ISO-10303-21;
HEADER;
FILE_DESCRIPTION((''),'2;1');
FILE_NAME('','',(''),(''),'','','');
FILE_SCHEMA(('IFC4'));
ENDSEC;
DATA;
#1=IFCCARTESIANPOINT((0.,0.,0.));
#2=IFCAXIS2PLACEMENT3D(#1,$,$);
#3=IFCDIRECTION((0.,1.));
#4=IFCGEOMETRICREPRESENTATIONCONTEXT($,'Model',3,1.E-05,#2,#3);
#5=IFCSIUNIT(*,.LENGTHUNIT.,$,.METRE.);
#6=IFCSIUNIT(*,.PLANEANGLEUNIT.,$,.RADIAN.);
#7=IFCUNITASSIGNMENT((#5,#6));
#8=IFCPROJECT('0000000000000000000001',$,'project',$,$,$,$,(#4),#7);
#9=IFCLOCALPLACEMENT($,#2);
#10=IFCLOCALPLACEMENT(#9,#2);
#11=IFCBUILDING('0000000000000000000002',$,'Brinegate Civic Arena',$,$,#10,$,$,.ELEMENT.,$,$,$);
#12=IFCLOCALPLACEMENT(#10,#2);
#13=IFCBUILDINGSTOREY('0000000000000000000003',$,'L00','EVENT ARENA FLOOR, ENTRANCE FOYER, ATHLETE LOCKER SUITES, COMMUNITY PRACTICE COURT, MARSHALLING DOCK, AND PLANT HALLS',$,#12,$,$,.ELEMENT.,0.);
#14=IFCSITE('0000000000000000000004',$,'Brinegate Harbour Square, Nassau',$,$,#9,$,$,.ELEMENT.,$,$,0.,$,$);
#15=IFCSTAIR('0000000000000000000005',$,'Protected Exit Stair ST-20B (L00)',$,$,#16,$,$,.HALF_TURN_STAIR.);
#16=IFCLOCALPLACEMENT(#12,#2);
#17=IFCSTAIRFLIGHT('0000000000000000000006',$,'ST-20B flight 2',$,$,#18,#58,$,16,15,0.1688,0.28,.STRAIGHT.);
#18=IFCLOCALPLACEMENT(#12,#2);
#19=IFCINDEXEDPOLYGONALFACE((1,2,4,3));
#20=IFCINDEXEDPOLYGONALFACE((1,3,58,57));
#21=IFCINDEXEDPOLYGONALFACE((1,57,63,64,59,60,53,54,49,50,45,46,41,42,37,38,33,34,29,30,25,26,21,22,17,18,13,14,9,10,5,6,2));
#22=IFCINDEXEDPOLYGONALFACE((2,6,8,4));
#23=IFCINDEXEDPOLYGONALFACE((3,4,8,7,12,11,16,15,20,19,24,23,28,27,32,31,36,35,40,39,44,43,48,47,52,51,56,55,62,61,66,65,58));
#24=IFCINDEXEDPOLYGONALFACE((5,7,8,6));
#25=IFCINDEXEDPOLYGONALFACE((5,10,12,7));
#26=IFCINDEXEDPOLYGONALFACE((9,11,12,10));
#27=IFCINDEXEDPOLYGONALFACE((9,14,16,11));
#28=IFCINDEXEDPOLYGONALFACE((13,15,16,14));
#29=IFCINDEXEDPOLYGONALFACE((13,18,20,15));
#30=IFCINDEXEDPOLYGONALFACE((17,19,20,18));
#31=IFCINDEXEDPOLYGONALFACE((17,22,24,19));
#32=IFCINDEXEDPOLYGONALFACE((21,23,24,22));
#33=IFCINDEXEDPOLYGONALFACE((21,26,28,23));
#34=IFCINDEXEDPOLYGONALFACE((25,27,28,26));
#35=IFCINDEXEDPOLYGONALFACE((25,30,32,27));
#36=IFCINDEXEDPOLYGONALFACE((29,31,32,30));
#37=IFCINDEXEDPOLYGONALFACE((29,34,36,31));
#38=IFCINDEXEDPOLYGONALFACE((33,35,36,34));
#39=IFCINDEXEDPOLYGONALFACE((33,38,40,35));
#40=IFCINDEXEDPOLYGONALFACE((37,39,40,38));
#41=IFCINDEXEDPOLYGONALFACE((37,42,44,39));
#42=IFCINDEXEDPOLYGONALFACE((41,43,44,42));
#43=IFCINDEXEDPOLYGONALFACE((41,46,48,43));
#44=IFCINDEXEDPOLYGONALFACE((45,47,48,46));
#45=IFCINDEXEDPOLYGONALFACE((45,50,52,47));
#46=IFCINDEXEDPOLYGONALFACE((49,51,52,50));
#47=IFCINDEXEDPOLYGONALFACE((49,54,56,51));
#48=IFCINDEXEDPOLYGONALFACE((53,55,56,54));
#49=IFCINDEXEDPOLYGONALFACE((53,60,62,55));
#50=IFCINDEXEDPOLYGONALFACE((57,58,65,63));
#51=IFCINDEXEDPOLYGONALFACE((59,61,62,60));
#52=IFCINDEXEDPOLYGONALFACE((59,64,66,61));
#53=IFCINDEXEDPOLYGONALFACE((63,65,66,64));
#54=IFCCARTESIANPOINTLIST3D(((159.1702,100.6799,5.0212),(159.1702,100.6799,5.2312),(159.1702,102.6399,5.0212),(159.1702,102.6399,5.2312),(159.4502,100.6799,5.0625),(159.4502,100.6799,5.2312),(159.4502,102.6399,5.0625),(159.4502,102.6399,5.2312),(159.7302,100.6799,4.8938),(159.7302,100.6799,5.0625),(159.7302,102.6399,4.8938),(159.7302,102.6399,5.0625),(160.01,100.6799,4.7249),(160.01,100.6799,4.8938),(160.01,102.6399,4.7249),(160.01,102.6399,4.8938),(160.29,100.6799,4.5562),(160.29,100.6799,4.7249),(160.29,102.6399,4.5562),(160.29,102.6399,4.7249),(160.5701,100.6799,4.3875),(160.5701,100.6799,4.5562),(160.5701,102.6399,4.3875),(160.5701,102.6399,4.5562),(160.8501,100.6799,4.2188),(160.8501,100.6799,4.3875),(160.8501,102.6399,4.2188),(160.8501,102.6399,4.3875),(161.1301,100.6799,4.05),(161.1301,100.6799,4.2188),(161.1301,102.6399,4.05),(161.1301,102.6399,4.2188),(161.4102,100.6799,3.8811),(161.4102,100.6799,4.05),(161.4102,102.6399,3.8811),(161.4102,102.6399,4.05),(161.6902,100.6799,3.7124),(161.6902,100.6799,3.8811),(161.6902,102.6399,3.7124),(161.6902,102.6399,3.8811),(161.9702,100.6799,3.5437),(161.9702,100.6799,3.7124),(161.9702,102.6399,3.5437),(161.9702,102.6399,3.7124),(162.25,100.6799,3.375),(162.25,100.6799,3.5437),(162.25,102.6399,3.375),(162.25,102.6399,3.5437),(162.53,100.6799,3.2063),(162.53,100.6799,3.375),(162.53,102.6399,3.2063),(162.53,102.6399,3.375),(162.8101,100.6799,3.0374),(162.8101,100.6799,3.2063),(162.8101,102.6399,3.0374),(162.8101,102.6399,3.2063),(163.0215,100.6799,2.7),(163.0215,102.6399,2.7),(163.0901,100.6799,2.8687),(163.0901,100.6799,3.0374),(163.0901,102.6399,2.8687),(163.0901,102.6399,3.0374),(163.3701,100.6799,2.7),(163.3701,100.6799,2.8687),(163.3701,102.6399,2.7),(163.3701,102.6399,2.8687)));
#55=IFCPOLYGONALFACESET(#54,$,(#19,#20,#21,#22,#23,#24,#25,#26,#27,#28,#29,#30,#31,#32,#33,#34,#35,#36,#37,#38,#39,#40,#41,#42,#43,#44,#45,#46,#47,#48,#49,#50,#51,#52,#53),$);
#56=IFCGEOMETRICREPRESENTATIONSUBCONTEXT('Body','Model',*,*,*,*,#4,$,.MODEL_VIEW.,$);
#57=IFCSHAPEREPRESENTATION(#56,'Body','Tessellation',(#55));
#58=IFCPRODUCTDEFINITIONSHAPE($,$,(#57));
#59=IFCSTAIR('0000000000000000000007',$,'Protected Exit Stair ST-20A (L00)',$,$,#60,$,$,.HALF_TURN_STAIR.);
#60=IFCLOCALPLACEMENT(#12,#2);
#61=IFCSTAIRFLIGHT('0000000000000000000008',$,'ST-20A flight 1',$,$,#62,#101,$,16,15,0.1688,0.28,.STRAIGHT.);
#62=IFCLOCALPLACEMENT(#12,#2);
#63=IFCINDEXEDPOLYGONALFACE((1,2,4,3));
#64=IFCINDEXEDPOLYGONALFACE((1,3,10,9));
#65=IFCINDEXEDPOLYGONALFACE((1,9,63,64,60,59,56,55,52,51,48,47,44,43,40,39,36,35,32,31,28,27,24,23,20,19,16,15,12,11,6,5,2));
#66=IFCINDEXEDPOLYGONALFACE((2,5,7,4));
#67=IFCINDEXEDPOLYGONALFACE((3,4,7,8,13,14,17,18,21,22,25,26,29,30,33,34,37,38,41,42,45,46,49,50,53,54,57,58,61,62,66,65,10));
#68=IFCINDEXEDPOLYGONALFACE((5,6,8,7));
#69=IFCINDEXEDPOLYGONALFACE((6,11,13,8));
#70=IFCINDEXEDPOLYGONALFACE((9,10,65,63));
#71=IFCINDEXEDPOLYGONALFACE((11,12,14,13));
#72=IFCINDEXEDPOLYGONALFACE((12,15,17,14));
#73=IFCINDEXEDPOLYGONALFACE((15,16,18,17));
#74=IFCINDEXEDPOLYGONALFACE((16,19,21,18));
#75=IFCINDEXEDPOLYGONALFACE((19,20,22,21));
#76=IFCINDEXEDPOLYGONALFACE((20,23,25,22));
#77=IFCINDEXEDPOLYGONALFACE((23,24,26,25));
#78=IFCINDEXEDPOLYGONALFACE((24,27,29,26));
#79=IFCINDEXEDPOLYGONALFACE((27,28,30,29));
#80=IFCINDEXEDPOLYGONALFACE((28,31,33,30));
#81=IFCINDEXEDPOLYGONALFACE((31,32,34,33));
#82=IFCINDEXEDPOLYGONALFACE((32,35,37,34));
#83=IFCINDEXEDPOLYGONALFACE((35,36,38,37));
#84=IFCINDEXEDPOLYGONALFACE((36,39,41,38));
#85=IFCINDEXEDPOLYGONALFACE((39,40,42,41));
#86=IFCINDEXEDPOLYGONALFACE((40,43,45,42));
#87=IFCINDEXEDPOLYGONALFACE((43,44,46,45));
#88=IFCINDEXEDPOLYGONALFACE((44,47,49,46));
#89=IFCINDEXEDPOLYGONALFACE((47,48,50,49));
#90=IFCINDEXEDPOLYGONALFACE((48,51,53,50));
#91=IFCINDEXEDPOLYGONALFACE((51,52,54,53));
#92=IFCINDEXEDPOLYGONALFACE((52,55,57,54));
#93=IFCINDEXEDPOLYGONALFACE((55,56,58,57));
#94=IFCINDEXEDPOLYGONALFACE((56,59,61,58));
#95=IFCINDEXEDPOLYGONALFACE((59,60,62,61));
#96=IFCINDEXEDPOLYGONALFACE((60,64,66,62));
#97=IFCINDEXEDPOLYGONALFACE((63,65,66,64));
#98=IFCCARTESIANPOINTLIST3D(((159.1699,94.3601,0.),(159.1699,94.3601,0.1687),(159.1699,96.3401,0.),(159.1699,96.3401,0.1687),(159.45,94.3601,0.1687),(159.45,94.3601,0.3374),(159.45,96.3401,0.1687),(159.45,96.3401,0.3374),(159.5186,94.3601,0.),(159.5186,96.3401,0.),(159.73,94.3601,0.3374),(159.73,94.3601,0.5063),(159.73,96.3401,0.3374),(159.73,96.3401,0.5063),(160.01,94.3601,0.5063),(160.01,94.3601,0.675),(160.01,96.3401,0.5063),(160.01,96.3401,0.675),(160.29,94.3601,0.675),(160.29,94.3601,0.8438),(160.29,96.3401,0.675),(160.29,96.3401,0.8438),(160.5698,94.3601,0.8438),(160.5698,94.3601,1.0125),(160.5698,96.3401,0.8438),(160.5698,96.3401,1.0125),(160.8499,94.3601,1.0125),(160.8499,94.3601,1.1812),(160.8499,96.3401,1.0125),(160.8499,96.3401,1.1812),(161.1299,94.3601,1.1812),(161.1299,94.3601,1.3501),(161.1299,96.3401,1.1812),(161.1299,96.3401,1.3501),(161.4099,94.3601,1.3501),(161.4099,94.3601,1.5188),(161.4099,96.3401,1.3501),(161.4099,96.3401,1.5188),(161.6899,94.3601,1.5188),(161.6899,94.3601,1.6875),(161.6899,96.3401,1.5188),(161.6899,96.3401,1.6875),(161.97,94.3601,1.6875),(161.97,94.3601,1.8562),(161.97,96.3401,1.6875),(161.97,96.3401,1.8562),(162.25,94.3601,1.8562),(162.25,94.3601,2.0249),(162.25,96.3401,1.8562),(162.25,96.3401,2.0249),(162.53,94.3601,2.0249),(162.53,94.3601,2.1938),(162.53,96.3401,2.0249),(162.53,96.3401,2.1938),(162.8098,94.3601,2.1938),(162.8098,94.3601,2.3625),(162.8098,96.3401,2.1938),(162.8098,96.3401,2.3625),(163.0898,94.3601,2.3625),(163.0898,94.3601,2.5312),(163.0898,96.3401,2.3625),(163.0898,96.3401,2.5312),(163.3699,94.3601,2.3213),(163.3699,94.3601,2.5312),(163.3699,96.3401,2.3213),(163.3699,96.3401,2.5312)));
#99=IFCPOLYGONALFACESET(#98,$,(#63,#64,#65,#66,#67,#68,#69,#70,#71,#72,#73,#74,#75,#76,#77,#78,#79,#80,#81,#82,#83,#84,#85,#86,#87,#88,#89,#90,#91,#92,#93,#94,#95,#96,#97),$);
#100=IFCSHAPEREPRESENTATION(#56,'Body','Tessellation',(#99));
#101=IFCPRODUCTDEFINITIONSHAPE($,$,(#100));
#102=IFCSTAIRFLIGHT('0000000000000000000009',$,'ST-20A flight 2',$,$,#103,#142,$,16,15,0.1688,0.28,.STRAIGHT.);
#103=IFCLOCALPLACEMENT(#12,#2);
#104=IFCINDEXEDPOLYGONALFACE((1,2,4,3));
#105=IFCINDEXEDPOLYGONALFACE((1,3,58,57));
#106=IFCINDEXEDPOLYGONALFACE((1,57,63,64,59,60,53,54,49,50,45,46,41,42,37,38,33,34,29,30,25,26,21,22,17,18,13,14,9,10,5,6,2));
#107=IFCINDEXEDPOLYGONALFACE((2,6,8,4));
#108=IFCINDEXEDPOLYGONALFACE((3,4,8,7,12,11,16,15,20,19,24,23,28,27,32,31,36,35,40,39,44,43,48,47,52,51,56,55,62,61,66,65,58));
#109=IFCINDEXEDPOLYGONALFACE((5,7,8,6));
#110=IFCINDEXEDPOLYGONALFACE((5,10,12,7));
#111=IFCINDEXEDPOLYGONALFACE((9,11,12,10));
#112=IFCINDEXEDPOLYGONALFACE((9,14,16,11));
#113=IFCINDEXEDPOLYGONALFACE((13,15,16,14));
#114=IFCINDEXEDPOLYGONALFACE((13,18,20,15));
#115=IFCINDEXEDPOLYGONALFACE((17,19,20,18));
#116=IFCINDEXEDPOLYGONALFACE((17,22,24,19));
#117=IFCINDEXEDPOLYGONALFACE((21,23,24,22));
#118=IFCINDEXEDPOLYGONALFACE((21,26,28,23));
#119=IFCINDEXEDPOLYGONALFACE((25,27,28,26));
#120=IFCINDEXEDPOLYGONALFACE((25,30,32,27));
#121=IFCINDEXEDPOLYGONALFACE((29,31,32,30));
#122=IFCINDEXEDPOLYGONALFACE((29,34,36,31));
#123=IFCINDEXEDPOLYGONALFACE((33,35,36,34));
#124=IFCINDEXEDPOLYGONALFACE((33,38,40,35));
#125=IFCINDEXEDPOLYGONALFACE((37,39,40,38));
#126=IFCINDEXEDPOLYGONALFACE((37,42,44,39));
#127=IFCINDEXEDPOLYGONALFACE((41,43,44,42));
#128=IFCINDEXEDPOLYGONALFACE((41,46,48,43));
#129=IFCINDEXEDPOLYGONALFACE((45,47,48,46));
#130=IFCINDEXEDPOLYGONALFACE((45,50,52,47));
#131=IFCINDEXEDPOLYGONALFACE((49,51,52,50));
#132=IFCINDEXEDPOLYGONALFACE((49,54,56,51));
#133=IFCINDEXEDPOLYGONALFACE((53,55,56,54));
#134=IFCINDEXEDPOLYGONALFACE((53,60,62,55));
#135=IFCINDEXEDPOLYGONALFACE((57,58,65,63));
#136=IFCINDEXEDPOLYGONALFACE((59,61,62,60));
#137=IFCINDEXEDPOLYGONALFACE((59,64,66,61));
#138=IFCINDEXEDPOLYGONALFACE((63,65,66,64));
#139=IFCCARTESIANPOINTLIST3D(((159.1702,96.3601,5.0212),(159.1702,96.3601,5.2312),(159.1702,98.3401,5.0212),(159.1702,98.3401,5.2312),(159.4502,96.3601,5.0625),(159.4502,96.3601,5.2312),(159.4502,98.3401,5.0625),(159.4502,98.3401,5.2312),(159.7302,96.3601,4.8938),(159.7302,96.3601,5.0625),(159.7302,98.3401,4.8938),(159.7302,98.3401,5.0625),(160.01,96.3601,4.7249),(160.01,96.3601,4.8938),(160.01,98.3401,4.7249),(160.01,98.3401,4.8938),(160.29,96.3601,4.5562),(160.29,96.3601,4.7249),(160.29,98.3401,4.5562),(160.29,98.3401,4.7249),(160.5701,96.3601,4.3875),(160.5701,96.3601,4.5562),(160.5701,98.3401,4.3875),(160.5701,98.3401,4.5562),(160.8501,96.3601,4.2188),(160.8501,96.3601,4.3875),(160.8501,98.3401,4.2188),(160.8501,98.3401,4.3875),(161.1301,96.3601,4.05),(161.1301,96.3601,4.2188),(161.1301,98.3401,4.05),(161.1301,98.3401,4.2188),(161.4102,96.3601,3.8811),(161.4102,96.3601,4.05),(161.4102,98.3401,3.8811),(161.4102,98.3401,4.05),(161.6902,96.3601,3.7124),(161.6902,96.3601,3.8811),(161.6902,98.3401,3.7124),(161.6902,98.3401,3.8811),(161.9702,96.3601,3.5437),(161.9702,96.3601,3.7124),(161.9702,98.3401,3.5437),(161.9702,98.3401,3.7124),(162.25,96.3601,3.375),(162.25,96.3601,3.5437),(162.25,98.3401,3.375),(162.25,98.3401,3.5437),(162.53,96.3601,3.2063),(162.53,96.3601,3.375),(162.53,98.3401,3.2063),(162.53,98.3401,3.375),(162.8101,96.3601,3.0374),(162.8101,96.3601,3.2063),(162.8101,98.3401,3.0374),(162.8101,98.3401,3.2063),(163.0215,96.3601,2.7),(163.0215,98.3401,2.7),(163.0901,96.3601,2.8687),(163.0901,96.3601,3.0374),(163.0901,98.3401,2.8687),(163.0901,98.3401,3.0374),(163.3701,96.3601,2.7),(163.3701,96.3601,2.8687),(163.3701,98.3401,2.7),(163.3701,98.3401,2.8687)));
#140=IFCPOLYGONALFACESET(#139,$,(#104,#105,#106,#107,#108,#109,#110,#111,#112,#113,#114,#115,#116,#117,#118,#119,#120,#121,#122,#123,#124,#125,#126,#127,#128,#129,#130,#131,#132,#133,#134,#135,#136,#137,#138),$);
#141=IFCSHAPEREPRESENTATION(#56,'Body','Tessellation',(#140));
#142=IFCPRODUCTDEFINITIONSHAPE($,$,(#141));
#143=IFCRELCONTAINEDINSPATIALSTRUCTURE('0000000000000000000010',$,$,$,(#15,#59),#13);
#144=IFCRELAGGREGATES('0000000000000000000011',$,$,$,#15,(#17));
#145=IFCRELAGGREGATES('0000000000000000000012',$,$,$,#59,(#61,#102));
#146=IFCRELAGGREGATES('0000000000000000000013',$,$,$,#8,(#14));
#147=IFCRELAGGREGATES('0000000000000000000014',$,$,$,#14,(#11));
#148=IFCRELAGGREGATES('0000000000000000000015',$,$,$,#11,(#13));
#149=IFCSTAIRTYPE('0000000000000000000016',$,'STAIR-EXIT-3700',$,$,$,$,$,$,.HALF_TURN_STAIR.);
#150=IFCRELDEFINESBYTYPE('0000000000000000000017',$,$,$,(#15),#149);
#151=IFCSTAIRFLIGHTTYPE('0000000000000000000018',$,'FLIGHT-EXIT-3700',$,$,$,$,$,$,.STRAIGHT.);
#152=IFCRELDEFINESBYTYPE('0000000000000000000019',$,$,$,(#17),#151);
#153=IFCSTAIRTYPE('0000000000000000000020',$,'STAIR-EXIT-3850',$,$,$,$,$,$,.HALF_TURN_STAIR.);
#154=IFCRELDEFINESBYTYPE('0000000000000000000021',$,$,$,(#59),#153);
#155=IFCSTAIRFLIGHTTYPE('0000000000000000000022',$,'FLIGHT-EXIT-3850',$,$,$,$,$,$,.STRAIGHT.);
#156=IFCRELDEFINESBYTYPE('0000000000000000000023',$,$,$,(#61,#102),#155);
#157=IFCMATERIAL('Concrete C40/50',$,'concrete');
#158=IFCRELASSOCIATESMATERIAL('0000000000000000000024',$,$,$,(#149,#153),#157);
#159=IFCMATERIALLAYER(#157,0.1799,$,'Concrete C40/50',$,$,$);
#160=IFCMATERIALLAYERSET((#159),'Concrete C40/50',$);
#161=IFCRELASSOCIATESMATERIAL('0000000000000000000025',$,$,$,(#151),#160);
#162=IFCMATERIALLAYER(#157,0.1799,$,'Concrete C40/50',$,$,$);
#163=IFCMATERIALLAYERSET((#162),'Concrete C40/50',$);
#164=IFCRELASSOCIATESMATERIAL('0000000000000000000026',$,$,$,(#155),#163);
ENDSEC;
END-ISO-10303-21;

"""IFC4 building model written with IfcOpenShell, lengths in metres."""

from ifc_helpers import new_model, si_unit, direction, frame, origin, place, context, subcontext, project, spatial, polyline, outline, extrude, material, layer, layer_set, type_object, element, aggregate, save


model = new_model("IFC4")

# Units and contexts
model_context = context("Model", 3, precision=1e-05, world=origin(), true_north=direction((0.0, 1.0)))
body_context = subcontext(model_context, "Body", "Model", "MODEL_VIEW")
ifc_project = project(units=[si_unit("LENGTHUNIT", "METRE"), si_unit("PLANEANGLEUNIT", "RADIAN")], contexts=[model_context])

# Site, building, storey
site_placement = place(None, origin())
site = spatial("IfcSite", under=ifc_project, at=site_placement, Name="Brinegate Harbour Square, Nassau", CompositionType="ELEMENT", RefElevation=0.0)
building_placement = place(site_placement, origin())
building = spatial("IfcBuilding", under=site, at=building_placement, Name="Brinegate Civic Arena", CompositionType="ELEMENT")
storey_placement = place(building_placement, origin())
storey = spatial("IfcBuildingStorey", under=building, at=storey_placement, Name="L00", Description="EVENT ARENA FLOOR, ENTRANCE FOYER, ATHLETE LOCKER SUITES, COMMUNITY PRACTICE COURT, MARSHALLING DOCK, AND PLANT HALLS", CompositionType="ELEMENT", Elevation=0.0)

# Shared definitions
ifc_material_1 = material(Name="Concrete C40/50", Category="concrete")

# Stairs, stair flights
stair_type_1 = type_object("IfcStairType", Name="STAIR-EXIT-3700", PredefinedType="HALF_TURN_STAIR", material=ifc_material_1)
stair_1_placement = place(storey_placement, origin())
stair_1 = element("IfcStair", 1, at=stair_1_placement, inside=storey, type_object=stair_type_1, Name="Protected Exit Stair ST-20B (L00)", PredefinedType="HALF_TURN_STAIR")
ifc_layer_1 = layer(ifc_material_1, 0.1799, Name="Concrete C40/50")
ifc_layer_set_1 = layer_set([ifc_layer_1], Name="Concrete C40/50")
stair_flight_type_1 = type_object("IfcStairFlightType", Name="FLIGHT-EXIT-3700", PredefinedType="STRAIGHT", material=ifc_layer_set_1)
stair_flight_1_placement = place(storey_placement, frame((163.3701, 101.6599, 2.7), z_axis=(0.0, 0.0, 1.0), x_axis=(-1.0, 0.0, 0.0)))
stair_flight_1 = element("IfcStairFlight", 2, at=stair_flight_1_placement, type_object=stair_flight_type_1, Name="ST-20B flight 2", NumberOfRisers=16, NumberOfTreads=15, PredefinedType="STRAIGHT", RiserHeight=0.1688, TreadLength=0.28, context=body_context, shape_type="SweptSolid", body=[
    extrude(outline(polyline([(0.0, 0.0), (0.0, 0.1687), (0.28, 0.1687), (0.28, 0.3374), (0.5601, 0.3374), (0.5601, 0.5063), (0.8401, 0.5063), (0.8401, 0.675), (1.1201, 0.675), (1.1201, 0.8438), (1.3999, 0.8438), (1.3999, 1.0125), (1.6799, 1.0125), (1.6799, 1.1812), (1.96, 1.1812), (1.96, 1.3501), (2.24, 1.3501), (2.24, 1.5188), (2.52, 1.5188), (2.52, 1.6875), (2.8, 1.6875), (2.8, 1.8562), (3.0801, 1.8562), (3.0801, 2.0249), (3.3601, 2.0249), (3.3601, 2.1938), (3.6399, 2.1938), (3.6399, 2.3625), (3.9199, 2.3625), (3.9199, 2.5312), (4.2, 2.5312), (4.2, 2.7), (4.2, 2.3213), (0.3486, 0.0), (0.0, 0.0)])), frame((0.0, 0.98, 0.0), z_axis=(0.0, -1.0, 0.0), x_axis=(1.0, 0.0, 0.0)), (0.0, 0.0, 1.0), 1.96),
])
aggregate(stair_1, [stair_flight_1])
stair_type_2 = type_object("IfcStairType", Name="STAIR-EXIT-3850", PredefinedType="HALF_TURN_STAIR", material=ifc_material_1)
stair_2_placement = place(storey_placement, origin())
stair_2 = element("IfcStair", 3, at=stair_2_placement, inside=storey, type_object=stair_type_2, Name="Protected Exit Stair ST-20A (L00)", PredefinedType="HALF_TURN_STAIR")
ifc_layer_2 = layer(ifc_material_1, 0.1799, Name="Concrete C40/50")
ifc_layer_set_2 = layer_set([ifc_layer_2], Name="Concrete C40/50")
stair_flight_type_2 = type_object("IfcStairFlightType", Name="FLIGHT-EXIT-3850", PredefinedType="STRAIGHT", material=ifc_layer_set_2)
stair_flight_2_placement = place(storey_placement, frame((159.1699, 95.3501, 0.0), z_axis=(0.0, 0.0, 1.0), x_axis=(1.0, 0.0, 0.0)))
stair_flight_2 = element("IfcStairFlight", 4, at=stair_flight_2_placement, type_object=stair_flight_type_2, Name="ST-20A flight 1", NumberOfRisers=16, NumberOfTreads=15, PredefinedType="STRAIGHT", RiserHeight=0.1688, TreadLength=0.28, context=body_context, shape_type="SweptSolid", body=[
    extrude(outline(polyline([(0.0, 0.0), (0.0, 0.1687), (0.28, 0.1687), (0.28, 0.3374), (0.5601, 0.3374), (0.5601, 0.5063), (0.8401, 0.5063), (0.8401, 0.675), (1.1201, 0.675), (1.1201, 0.8438), (1.3999, 0.8438), (1.3999, 1.0125), (1.6799, 1.0125), (1.6799, 1.1812), (1.96, 1.1812), (1.96, 1.3501), (2.24, 1.3501), (2.24, 1.5188), (2.52, 1.5188), (2.52, 1.6875), (2.8, 1.6875), (2.8, 1.8562), (3.0801, 1.8562), (3.0801, 2.0249), (3.3601, 2.0249), (3.3601, 2.1938), (3.6399, 2.1938), (3.6399, 2.3625), (3.9199, 2.3625), (3.9199, 2.5312), (4.2, 2.5312), (4.2, 2.7), (4.2, 2.3213), (0.3486, 0.0), (0.0, 0.0)])), frame((0.0, 0.99, 0.0), z_axis=(0.0, -1.0, 0.0), x_axis=(1.0, 0.0, 0.0)), (0.0, 0.0, 1.0), 1.98),
])
stair_flight_3_placement = place(storey_placement, frame((163.3701, 97.3501, 2.7), z_axis=(0.0, 0.0, 1.0), x_axis=(-1.0, 0.0, 0.0)))
stair_flight_3 = element("IfcStairFlight", 5, at=stair_flight_3_placement, type_object=stair_flight_type_2, Name="ST-20A flight 2", NumberOfRisers=16, NumberOfTreads=15, PredefinedType="STRAIGHT", RiserHeight=0.1688, TreadLength=0.28, context=body_context, shape_type="SweptSolid", body=[
    extrude(outline(polyline([(0.0, 0.0), (0.0, 0.1687), (0.28, 0.1687), (0.28, 0.3374), (0.5601, 0.3374), (0.5601, 0.5063), (0.8401, 0.5063), (0.8401, 0.675), (1.1201, 0.675), (1.1201, 0.8438), (1.3999, 0.8438), (1.3999, 1.0125), (1.6799, 1.0125), (1.6799, 1.1812), (1.96, 1.1812), (1.96, 1.3501), (2.24, 1.3501), (2.24, 1.5188), (2.52, 1.5188), (2.52, 1.6875), (2.8, 1.6875), (2.8, 1.8562), (3.0801, 1.8562), (3.0801, 2.0249), (3.3601, 2.0249), (3.3601, 2.1938), (3.6399, 2.1938), (3.6399, 2.3625), (3.9199, 2.3625), (3.9199, 2.5312), (4.2, 2.5312), (4.2, 2.7), (4.2, 2.3213), (0.3486, 0.0), (0.0, 0.0)])), frame((0.0, 0.99, 0.0), z_axis=(0.0, -1.0, 0.0), x_axis=(1.0, 0.0, 0.0)), (0.0, 0.0, 1.0), 1.98),
])
aggregate(stair_2, [stair_flight_2, stair_flight_3])

save(model, "model.ifc")
